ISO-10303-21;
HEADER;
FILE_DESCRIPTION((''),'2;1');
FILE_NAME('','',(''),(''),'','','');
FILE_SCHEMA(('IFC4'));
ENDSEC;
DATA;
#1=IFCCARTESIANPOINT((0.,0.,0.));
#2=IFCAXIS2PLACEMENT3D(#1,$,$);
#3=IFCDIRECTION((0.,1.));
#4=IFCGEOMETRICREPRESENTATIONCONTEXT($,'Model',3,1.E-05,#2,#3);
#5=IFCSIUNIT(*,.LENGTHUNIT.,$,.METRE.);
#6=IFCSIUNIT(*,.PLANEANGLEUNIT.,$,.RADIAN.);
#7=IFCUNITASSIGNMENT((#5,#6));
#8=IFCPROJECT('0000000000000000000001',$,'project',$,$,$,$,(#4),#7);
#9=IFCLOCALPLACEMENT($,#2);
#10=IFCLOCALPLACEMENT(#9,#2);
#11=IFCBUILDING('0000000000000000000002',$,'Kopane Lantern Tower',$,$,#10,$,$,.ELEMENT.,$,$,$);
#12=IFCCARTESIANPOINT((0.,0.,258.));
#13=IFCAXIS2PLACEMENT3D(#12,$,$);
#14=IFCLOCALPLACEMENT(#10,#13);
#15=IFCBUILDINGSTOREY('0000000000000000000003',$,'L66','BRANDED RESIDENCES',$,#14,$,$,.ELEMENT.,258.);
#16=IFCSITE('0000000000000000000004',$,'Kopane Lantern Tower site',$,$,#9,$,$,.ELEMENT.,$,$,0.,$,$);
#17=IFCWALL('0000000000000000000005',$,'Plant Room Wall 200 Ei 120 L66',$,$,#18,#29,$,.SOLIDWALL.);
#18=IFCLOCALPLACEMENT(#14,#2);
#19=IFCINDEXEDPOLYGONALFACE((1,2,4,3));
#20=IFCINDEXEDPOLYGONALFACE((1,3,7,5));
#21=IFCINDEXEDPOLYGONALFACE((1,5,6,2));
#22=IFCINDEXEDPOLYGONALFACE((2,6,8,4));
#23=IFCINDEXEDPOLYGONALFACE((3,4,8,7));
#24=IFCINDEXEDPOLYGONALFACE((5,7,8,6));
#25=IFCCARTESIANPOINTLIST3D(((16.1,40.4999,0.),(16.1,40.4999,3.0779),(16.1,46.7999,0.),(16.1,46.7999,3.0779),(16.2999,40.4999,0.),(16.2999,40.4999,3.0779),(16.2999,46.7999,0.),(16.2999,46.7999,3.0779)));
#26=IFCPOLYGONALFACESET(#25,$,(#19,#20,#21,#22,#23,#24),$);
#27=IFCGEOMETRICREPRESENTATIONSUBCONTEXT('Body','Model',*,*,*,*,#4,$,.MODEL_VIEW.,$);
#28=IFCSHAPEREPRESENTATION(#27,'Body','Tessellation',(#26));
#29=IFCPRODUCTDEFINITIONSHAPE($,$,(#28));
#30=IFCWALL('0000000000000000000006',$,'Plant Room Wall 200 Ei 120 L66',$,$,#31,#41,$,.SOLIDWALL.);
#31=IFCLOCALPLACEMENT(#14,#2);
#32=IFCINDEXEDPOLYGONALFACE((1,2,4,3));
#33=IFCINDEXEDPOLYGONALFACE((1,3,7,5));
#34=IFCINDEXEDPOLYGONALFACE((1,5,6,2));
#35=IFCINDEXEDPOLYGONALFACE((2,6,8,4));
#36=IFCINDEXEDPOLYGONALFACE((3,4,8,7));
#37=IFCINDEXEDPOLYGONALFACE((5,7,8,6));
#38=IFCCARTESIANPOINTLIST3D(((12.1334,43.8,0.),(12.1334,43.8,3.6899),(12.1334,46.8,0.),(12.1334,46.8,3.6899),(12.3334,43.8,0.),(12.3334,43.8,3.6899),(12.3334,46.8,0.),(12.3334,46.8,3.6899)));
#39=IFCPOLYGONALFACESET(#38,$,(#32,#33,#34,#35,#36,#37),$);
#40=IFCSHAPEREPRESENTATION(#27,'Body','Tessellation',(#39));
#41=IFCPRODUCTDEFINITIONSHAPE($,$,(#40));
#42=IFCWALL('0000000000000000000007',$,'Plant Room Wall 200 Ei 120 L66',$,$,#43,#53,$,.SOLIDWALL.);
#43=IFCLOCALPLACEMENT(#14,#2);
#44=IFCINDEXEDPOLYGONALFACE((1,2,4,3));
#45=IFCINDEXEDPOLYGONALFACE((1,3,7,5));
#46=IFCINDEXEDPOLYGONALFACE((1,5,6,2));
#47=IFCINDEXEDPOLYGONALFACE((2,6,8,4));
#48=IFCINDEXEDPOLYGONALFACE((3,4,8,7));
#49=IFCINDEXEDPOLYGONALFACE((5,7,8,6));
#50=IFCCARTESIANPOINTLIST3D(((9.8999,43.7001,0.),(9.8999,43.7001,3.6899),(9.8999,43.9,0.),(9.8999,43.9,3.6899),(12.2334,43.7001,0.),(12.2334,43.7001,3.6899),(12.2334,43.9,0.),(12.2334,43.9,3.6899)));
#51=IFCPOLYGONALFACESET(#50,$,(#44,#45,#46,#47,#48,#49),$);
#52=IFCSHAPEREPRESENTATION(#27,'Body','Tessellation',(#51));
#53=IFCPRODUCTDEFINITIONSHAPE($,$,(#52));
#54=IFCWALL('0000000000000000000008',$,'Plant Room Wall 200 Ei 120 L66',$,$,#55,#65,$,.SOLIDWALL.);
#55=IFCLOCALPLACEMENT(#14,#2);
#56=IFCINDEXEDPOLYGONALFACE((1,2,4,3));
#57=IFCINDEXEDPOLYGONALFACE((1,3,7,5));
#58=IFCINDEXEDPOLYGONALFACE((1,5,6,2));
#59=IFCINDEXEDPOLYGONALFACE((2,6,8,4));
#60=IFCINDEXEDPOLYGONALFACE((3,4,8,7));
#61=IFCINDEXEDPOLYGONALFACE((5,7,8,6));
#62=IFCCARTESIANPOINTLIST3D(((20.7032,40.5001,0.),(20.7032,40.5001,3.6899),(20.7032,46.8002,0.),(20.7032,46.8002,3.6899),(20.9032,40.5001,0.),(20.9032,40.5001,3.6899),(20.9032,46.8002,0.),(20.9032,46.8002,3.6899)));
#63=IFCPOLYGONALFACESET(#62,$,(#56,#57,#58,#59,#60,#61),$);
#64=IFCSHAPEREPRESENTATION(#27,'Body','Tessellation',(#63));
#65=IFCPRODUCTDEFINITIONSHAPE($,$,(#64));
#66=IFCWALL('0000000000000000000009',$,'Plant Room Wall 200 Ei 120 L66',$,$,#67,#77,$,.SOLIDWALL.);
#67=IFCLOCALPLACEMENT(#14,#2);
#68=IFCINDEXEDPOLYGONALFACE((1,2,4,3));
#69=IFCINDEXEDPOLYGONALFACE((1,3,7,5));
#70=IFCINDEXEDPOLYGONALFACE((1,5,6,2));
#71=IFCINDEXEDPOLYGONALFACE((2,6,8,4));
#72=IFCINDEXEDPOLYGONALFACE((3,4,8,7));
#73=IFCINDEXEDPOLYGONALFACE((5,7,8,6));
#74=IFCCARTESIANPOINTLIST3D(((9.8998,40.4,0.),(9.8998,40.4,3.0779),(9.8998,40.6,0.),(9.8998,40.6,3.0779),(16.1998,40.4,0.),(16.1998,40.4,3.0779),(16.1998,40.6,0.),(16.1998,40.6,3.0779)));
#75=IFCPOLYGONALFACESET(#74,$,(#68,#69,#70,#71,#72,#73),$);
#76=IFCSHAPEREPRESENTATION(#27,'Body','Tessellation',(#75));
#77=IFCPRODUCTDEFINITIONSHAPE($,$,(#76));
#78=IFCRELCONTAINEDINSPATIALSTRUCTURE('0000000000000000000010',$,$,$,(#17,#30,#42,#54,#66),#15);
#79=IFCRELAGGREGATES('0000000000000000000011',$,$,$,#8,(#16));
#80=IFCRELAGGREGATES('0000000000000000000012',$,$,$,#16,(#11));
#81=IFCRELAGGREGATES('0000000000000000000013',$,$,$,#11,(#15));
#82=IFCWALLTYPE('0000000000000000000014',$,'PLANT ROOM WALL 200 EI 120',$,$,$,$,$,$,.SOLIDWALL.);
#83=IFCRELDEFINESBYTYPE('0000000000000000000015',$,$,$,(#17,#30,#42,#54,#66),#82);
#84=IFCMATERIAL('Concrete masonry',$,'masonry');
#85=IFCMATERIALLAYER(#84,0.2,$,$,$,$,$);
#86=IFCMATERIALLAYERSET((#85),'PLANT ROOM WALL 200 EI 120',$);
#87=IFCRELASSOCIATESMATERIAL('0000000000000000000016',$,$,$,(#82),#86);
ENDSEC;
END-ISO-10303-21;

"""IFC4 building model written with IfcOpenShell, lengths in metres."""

from ifc_helpers import new_model, si_unit, direction, frame, frame_2d, origin, place, context, subcontext, project, spatial, rectangle, extrude, material, layer, layer_set, type_object, element, save


model = new_model("IFC4")

# Units and contexts
model_context = context("Model", 3, precision=1e-05, world=origin(), true_north=direction((0.0, 1.0)))
body_context = subcontext(model_context, "Body", "Model", "MODEL_VIEW")
ifc_project = project(units=[si_unit("LENGTHUNIT", "METRE"), si_unit("PLANEANGLEUNIT", "RADIAN")], contexts=[model_context])

# Site, building, storey
site_placement = place(None, origin())
site = spatial("IfcSite", under=ifc_project, at=site_placement, Name="Kopane Lantern Tower site", CompositionType="ELEMENT", RefElevation=0.0)
building_placement = place(site_placement, origin())
building = spatial("IfcBuilding", under=site, at=building_placement, Name="Kopane Lantern Tower", CompositionType="ELEMENT")
storey_placement = place(building_placement, frame((0.0, 0.0, 258.0)))
storey = spatial("IfcBuildingStorey", under=building, at=storey_placement, Name="L66", Description="BRANDED RESIDENCES", CompositionType="ELEMENT", Elevation=258.0)

# Walls
ifc_material_1 = material(Name="Concrete masonry", Category="masonry")
ifc_layer_1 = layer(ifc_material_1, 0.2)
ifc_layer_set_1 = layer_set([ifc_layer_1], Name="PLANT ROOM WALL 200 EI 120")
wall_type_1 = type_object("IfcWallType", Name="PLANT ROOM WALL 200 EI 120", PredefinedType="SOLIDWALL", material=ifc_layer_set_1)
wall_1_placement = place(storey_placement, frame((16.2, 40.5, 0.0), z_axis=(0.0, 0.0, 1.0), x_axis=(0.0, 1.0, 0.0)))
element("IfcWall", 1, at=wall_1_placement, inside=storey, type_object=wall_type_1, Name="Plant Room Wall 200 Ei 120 L66", PredefinedType="SOLIDWALL", context=body_context, shape_type="SweptSolid", body=[
    extrude(rectangle(XDim=6.3, YDim=0.2, at=frame_2d((3.1499, 0.0))), origin(), (0.0, 0.0, 1.0), 3.0779),
])
wall_2_placement = place(storey_placement, frame((12.2334, 46.8, 0.0), z_axis=(0.0, 0.0, 1.0), x_axis=(0.0, -1.0, 0.0)))
element("IfcWall", 2, at=wall_2_placement, inside=storey, type_object=wall_type_1, Name="Plant Room Wall 200 Ei 120 L66", PredefinedType="SOLIDWALL", context=body_context, shape_type="SweptSolid", body=[
    extrude(rectangle(XDim=3.0, YDim=0.2, at=frame_2d((1.5, 0.0))), origin(), (0.0, 0.0, 1.0), 3.6899),
])
wall_3_placement = place(storey_placement, frame((9.8999, 43.8, 0.0), z_axis=(0.0, 0.0, 1.0), x_axis=(1.0, 0.0, 0.0)))
element("IfcWall", 3, at=wall_3_placement, inside=storey, type_object=wall_type_1, Name="Plant Room Wall 200 Ei 120 L66", PredefinedType="SOLIDWALL", context=body_context, shape_type="SweptSolid", body=[
    extrude(rectangle(XDim=2.3335, YDim=0.2, at=frame_2d((1.1667, 0.0))), origin(), (0.0, 0.0, 1.0), 3.6899),
])
wall_4_placement = place(storey_placement, frame((20.8032, 46.8, 0.0), z_axis=(0.0, 0.0, 1.0), x_axis=(0.0, -1.0, 0.0)))
element("IfcWall", 4, at=wall_4_placement, inside=storey, type_object=wall_type_1, Name="Plant Room Wall 200 Ei 120 L66", PredefinedType="SOLIDWALL", context=body_context, shape_type="SweptSolid", body=[
    extrude(rectangle(XDim=6.3, YDim=0.2, at=frame_2d((3.1499, 0.0))), origin(), (0.0, 0.0, 1.0), 3.6899),
])
wall_5_placement = place(storey_placement, frame((9.8999, 40.5, 0.0), z_axis=(0.0, 0.0, 1.0), x_axis=(1.0, 0.0, 0.0)))
element("IfcWall", 5, at=wall_5_placement, inside=storey, type_object=wall_type_1, Name="Plant Room Wall 200 Ei 120 L66", PredefinedType="SOLIDWALL", context=body_context, shape_type="SweptSolid", body=[
    extrude(rectangle(XDim=6.3, YDim=0.2, at=frame_2d((3.1499, 0.0))), origin(), (0.0, 0.0, 1.0), 3.0779),
])

save(model, "model.ifc")
